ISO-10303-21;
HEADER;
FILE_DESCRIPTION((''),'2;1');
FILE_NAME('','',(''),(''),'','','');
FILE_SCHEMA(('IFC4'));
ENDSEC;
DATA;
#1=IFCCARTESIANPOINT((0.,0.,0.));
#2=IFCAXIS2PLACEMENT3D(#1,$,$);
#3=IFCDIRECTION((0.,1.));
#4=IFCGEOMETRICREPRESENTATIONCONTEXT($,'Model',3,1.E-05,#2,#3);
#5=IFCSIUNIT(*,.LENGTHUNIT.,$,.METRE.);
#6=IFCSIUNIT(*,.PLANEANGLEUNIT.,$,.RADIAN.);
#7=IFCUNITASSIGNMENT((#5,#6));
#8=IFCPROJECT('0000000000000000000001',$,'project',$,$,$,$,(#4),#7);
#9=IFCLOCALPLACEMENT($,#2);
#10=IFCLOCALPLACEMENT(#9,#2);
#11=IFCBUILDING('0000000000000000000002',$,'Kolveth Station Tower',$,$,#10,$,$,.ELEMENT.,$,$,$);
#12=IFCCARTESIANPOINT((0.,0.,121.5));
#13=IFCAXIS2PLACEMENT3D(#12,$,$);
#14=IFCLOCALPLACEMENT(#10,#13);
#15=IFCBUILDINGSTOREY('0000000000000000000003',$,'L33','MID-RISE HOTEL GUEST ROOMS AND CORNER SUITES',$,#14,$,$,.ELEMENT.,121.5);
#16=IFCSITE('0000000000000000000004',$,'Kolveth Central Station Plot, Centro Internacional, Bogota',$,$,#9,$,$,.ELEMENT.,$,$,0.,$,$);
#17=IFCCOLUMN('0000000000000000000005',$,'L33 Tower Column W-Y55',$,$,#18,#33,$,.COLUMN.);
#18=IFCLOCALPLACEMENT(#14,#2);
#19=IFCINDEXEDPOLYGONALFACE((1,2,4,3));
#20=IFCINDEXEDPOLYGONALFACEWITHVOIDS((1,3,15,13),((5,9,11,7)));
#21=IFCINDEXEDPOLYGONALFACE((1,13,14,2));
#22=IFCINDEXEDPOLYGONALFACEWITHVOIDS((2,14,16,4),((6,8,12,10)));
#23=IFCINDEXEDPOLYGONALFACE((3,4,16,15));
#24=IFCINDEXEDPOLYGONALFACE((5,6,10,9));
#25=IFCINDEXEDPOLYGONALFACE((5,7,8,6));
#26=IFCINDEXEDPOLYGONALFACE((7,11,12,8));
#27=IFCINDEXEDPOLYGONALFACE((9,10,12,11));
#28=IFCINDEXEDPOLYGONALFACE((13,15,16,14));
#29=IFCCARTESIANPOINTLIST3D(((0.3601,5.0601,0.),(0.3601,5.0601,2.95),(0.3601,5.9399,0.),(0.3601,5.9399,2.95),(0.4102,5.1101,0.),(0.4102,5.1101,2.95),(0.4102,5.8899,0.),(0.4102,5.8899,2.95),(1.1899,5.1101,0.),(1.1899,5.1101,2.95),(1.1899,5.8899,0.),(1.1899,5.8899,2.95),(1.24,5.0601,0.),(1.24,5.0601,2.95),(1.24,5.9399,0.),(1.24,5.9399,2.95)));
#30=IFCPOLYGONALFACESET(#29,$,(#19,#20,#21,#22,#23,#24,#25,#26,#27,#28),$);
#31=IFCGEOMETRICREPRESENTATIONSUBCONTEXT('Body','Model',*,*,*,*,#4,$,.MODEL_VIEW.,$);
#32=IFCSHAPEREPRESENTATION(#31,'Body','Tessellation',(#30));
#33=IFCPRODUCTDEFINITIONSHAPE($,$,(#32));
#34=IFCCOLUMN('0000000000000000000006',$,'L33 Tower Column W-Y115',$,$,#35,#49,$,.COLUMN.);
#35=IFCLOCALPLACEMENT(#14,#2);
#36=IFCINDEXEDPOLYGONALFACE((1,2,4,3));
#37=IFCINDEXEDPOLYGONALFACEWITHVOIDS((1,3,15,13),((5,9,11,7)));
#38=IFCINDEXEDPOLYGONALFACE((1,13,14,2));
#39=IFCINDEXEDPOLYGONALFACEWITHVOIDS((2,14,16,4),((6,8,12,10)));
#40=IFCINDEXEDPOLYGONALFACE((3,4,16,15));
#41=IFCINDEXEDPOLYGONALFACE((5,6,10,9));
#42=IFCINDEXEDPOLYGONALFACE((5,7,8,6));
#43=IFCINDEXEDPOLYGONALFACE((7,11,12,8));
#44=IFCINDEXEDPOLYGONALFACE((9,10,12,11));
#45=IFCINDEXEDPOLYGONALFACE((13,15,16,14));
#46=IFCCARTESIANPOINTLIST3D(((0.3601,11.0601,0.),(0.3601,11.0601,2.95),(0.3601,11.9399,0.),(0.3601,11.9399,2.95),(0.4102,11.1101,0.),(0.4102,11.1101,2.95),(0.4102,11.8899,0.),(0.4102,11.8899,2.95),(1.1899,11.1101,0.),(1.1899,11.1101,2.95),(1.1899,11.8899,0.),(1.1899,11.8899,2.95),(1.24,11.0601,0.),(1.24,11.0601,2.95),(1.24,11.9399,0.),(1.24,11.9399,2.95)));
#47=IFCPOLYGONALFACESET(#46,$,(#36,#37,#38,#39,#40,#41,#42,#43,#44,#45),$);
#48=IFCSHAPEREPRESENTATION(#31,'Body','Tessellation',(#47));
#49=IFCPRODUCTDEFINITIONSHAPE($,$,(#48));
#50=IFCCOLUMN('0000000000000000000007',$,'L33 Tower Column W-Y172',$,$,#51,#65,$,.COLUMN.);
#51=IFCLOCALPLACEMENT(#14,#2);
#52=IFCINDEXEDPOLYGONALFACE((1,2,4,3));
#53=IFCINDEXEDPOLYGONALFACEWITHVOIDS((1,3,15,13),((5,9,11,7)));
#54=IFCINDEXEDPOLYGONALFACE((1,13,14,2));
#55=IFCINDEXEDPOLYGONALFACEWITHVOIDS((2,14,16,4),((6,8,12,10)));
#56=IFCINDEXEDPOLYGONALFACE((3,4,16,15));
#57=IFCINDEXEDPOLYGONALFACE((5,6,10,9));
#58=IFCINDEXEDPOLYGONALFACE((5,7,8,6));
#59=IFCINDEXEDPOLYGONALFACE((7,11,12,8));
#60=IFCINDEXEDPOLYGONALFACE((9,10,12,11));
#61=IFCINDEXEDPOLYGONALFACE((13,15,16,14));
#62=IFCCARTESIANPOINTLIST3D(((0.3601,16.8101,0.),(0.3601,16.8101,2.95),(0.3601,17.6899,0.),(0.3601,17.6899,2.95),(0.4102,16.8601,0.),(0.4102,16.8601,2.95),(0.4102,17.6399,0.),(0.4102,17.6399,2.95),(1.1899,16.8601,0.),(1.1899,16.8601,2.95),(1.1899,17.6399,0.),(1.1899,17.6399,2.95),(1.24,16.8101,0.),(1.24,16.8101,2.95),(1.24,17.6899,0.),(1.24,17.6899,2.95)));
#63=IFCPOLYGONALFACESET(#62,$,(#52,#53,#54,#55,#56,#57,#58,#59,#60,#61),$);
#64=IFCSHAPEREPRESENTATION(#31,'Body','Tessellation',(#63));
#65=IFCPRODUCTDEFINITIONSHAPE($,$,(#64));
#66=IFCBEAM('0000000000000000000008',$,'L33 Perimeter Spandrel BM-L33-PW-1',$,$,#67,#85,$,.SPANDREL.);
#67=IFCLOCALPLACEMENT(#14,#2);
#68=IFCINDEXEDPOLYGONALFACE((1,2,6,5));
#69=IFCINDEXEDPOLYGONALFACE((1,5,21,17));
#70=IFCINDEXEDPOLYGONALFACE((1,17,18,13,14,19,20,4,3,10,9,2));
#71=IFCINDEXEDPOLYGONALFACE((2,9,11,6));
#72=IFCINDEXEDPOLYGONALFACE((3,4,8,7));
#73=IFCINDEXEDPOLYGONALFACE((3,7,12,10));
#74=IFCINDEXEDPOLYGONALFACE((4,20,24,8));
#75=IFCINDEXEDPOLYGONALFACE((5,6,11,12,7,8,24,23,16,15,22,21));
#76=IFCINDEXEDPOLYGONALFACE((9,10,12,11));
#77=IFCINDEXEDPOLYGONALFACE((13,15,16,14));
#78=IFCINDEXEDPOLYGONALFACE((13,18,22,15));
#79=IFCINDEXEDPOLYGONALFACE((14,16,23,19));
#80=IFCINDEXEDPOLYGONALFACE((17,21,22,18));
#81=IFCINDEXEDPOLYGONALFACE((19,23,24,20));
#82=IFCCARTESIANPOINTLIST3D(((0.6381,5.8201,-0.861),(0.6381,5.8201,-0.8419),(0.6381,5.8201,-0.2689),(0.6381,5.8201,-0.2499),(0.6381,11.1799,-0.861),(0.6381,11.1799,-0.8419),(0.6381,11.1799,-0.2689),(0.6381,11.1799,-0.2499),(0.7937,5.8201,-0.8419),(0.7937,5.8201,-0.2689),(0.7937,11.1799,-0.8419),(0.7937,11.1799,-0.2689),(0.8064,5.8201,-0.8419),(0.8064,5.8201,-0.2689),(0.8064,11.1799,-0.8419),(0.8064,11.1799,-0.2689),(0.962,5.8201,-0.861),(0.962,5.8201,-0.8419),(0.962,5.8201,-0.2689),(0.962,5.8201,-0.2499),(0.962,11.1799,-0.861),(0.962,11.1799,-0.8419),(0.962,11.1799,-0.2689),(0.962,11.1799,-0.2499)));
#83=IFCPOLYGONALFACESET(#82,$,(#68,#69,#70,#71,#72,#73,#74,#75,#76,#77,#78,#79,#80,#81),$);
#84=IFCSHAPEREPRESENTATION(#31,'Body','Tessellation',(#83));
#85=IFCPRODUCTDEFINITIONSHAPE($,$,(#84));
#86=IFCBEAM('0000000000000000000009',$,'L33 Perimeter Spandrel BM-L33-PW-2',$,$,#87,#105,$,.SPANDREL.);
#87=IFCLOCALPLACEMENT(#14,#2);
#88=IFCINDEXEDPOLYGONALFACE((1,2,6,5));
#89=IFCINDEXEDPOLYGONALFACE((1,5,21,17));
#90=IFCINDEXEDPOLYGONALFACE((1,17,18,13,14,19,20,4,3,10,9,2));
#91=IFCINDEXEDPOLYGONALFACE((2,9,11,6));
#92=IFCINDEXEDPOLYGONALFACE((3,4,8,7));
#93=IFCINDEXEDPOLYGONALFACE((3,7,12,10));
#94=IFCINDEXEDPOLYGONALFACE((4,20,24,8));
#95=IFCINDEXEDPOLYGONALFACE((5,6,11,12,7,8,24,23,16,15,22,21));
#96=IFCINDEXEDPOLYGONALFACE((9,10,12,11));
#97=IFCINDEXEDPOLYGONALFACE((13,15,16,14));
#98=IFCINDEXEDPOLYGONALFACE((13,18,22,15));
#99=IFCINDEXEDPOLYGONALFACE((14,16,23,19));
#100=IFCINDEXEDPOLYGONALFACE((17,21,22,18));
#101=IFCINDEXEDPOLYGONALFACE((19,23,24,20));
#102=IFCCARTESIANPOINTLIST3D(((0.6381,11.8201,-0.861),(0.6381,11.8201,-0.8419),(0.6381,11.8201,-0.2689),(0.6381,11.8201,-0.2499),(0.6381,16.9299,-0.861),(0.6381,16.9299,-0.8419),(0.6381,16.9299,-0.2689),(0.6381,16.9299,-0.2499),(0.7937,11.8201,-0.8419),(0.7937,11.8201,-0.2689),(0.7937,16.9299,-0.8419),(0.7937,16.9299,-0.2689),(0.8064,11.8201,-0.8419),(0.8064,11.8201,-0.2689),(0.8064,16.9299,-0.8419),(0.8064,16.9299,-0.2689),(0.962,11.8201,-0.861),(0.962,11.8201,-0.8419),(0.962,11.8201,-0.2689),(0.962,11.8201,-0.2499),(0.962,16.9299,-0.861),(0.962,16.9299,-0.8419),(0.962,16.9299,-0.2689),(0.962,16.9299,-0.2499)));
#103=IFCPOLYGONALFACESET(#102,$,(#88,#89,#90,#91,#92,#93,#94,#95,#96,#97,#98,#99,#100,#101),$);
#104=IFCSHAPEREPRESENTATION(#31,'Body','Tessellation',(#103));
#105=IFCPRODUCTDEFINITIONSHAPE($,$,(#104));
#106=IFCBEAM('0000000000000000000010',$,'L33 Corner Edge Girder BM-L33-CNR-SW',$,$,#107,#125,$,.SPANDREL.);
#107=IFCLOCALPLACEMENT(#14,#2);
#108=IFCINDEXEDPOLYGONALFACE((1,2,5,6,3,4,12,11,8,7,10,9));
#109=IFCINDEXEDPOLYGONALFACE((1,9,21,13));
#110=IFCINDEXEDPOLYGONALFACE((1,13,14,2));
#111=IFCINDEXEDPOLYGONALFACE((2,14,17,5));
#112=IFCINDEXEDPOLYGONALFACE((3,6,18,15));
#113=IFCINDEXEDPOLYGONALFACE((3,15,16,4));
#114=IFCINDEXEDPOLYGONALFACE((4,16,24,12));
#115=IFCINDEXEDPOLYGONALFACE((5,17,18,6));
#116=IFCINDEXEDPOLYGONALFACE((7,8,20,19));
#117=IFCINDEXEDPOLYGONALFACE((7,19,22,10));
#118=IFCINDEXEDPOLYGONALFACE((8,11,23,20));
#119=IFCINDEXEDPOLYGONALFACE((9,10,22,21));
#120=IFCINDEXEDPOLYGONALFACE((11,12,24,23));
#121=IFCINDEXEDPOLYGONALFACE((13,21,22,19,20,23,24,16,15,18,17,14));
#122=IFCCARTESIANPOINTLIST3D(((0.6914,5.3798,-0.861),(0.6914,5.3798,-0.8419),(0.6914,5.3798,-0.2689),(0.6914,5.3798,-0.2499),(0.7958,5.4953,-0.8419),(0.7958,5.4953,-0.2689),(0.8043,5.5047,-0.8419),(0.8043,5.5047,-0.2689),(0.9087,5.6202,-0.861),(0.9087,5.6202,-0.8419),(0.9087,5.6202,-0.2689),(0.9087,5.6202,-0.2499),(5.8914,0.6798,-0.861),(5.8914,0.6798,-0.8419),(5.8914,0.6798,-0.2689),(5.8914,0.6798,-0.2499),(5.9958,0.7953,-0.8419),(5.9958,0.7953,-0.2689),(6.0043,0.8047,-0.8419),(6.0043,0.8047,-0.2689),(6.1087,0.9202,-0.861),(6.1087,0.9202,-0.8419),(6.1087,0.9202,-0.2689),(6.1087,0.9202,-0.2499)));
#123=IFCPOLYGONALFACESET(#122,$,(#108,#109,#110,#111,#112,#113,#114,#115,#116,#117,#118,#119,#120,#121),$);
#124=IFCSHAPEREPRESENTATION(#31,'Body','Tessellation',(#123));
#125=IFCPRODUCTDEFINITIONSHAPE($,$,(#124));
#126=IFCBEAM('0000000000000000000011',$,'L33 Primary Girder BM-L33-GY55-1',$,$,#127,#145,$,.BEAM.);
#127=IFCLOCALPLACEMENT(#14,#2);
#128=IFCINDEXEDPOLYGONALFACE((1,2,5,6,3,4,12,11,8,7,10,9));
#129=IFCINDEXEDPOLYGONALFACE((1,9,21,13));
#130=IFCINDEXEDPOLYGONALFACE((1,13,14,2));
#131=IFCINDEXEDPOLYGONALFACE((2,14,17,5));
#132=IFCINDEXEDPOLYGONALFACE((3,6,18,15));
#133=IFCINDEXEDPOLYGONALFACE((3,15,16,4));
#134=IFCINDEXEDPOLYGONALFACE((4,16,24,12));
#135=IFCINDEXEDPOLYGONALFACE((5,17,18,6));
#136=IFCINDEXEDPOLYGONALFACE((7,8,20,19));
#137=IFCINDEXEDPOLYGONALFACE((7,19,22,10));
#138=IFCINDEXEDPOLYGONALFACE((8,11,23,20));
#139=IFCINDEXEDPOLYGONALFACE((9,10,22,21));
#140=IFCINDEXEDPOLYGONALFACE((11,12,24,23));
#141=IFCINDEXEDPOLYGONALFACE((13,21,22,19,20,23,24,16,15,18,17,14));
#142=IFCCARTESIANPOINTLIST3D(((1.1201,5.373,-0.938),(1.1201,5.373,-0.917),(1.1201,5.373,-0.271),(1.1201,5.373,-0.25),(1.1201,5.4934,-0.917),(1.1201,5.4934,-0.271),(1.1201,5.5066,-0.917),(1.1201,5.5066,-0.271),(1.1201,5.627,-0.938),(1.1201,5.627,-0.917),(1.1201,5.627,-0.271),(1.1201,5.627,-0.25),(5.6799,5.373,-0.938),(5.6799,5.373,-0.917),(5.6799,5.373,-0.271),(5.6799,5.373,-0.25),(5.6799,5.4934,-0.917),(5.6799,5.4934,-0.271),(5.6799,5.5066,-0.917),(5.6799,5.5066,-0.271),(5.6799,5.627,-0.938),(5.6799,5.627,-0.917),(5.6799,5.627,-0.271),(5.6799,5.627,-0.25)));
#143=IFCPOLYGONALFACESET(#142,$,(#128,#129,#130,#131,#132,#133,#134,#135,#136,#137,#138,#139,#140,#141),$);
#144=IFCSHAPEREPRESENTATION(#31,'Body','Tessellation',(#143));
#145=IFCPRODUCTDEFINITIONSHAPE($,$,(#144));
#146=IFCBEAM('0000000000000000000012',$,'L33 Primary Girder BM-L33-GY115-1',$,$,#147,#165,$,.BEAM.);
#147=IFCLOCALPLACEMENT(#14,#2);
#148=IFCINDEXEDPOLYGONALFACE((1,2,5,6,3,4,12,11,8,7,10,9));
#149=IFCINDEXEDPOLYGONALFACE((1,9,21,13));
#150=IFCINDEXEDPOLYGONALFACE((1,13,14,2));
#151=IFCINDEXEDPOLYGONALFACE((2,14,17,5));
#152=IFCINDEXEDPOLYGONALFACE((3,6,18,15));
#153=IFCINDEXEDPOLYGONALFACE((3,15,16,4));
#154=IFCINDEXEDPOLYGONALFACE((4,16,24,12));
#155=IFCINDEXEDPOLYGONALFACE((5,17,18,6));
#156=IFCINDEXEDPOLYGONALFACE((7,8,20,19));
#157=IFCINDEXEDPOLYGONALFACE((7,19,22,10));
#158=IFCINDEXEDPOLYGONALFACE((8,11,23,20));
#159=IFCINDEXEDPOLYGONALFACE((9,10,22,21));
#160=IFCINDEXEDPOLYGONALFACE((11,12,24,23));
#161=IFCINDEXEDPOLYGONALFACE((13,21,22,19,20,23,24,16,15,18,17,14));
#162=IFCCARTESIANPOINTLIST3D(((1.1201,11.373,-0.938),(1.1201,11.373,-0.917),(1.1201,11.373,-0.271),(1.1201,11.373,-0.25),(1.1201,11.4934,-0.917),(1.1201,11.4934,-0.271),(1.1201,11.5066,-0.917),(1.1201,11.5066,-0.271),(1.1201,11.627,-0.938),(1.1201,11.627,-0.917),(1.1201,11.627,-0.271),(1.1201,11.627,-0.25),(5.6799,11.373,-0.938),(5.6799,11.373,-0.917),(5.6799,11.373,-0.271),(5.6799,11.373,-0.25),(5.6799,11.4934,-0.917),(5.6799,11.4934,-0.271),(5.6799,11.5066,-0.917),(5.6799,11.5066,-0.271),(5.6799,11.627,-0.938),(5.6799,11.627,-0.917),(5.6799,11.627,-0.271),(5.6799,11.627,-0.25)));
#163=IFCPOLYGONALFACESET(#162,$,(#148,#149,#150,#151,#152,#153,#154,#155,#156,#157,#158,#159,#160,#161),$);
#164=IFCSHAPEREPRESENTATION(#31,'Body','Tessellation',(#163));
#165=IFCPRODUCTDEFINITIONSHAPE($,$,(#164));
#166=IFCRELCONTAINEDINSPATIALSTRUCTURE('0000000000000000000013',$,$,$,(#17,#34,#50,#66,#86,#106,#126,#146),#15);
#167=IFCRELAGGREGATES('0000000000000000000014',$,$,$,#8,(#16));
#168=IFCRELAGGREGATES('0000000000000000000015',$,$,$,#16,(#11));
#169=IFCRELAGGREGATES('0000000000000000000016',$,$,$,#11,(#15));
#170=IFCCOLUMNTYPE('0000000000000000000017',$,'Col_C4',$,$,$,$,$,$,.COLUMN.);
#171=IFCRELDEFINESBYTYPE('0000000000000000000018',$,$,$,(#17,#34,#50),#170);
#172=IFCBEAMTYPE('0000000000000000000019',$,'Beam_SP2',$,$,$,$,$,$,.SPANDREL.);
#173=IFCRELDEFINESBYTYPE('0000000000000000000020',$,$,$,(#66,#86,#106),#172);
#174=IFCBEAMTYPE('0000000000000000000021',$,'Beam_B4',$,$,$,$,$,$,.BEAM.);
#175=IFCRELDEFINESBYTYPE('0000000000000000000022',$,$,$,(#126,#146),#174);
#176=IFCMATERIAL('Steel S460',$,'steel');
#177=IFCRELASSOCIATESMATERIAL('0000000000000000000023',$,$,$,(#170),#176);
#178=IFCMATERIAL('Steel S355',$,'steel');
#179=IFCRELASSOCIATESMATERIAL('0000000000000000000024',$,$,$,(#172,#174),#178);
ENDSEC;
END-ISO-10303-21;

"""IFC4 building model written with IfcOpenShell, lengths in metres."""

from ifc_helpers import new_model, si_unit, direction, frame, origin, origin_2d, place, context, subcontext, project, spatial, hollow_rectangle, i_section, extrude, source, transform, mapped, material, material_profile, profile_set, type_object, element, save


model = new_model("IFC4")

# Units and contexts
model_context = context("Model", 3, precision=1e-05, world=origin(), true_north=direction((0.0, 1.0)))
body_context = subcontext(model_context, "Body", "Model", "MODEL_VIEW")
ifc_project = project(units=[si_unit("LENGTHUNIT", "METRE"), si_unit("PLANEANGLEUNIT", "RADIAN")], contexts=[model_context])

# Site, building, storey
site_placement = place(None, origin())
site = spatial("IfcSite", under=ifc_project, at=site_placement, Name="Kolveth Central Station Plot, Centro Internacional, Bogota", CompositionType="ELEMENT", RefElevation=0.0)
building_placement = place(site_placement, origin())
building = spatial("IfcBuilding", under=site, at=building_placement, Name="Kolveth Station Tower", CompositionType="ELEMENT")
storey_placement = place(building_placement, frame((0.0, 0.0, 121.5)))
storey = spatial("IfcBuildingStorey", under=building, at=storey_placement, Name="L33", Description="MID-RISE HOTEL GUEST ROOMS AND CORNER SUITES", CompositionType="ELEMENT", Elevation=121.5)

# Columns
ifc_material_1 = material(Name="Steel S460", Category="steel")
ifc_material_profile_1 = material_profile(ifc_material_1, hollow_rectangle(XDim=0.8799, YDim=0.8799, WallThickness=0.05, at=origin_2d()), Name="BOX880x880x50")
ifc_profile_set_1 = profile_set([ifc_material_profile_1], Name="Steel S460")
column_type = type_object("IfcColumnType", Name="Col_C4", PredefinedType="COLUMN", material=ifc_profile_set_1)
shared_shape_1 = source(origin(), body_context, "Body", "SweptSolid", [
    extrude(hollow_rectangle(XDim=0.8799, YDim=0.8799, WallThickness=0.05, at=origin_2d()), origin(), (0.0, 0.0, 1.0), 2.95),
])
for number, where, z_axis, x_axis, name in (
    (1, (0.8, 5.5, 0.0), (0.0, 0.0, 1.0), (1.0, 0.0, 0.0), "L33 Tower Column W-Y55"),
    (2, (0.8, 11.5, 0.0), (0.0, 0.0, 1.0), (1.0, 0.0, 0.0), "L33 Tower Column W-Y115"),
    (3, (0.8, 17.25, 0.0), (0.0, 0.0, 1.0), (1.0, 0.0, 0.0), "L33 Tower Column W-Y172"),
):
    element("IfcColumn", number, at=place(storey_placement, frame(where, z_axis=z_axis, x_axis=x_axis)), inside=storey, type_object=column_type, Name=name, PredefinedType="COLUMN", context=body_context, shape_type="MappedRepresentation", body=[
        mapped(shared_shape_1, transform((0.0, 0.0, 0.0), x_axis=(1.0, 0.0, 0.0), y_axis=(0.0, 1.0, 0.0), z_axis=(0.0, 0.0, 1.0), scale=1.0)),
    ])

# Beams
ifc_material_2 = material(Name="Steel S355", Category="steel")
ifc_material_profile_2 = material_profile(ifc_material_2, i_section(OverallWidth=0.324, OverallDepth=0.6111, WebThickness=0.0127, FlangeThickness=0.019, at=origin_2d()), Name="W610x155")
ifc_profile_set_2 = profile_set([ifc_material_profile_2], Name="Steel S355")
beam_type_1 = type_object("IfcBeamType", Name="Beam_SP2", PredefinedType="SPANDREL", material=ifc_profile_set_2)
shared_shape_2 = source(origin(), body_context, "Body", "SweptSolid", [
    extrude(i_section(OverallWidth=0.324, OverallDepth=0.6111, WebThickness=0.0127, FlangeThickness=0.019, at=origin_2d()), origin(), (0.0, 0.0, 1.0), 5.3599),
])
beam_1_placement = place(storey_placement, frame((0.8, 5.8201, -0.5554), z_axis=(0.0, 1.0, 0.0), x_axis=(-1.0, 0.0, 0.0)))
element("IfcBeam", 4, at=beam_1_placement, inside=storey, type_object=beam_type_1, Name="L33 Perimeter Spandrel BM-L33-PW-1", PredefinedType="SPANDREL", context=body_context, shape_type="MappedRepresentation", body=[
    mapped(shared_shape_2, transform((0.0, 0.0, 0.0), x_axis=(1.0, 0.0, 0.0), y_axis=(0.0, 1.0, 0.0), z_axis=(0.0, 0.0, 1.0), scale=1.0)),
])
shared_shape_3 = source(origin(), body_context, "Body", "SweptSolid", [
    extrude(i_section(OverallWidth=0.324, OverallDepth=0.6111, WebThickness=0.0127, FlangeThickness=0.019, at=origin_2d()), origin(), (0.0, 0.0, 1.0), 5.1099),
])
beam_2_placement = place(storey_placement, frame((0.8, 11.8201, -0.5554), z_axis=(0.0, 1.0, 0.0), x_axis=(-1.0, 0.0, 0.0)))
element("IfcBeam", 5, at=beam_2_placement, inside=storey, type_object=beam_type_1, Name="L33 Perimeter Spandrel BM-L33-PW-2", PredefinedType="SPANDREL", context=body_context, shape_type="MappedRepresentation", body=[
    mapped(shared_shape_3, transform((0.0, 0.0, 0.0), x_axis=(1.0, 0.0, 0.0), y_axis=(0.0, 1.0, 0.0), z_axis=(0.0, 0.0, 1.0), scale=1.0)),
])
shared_shape_4 = source(origin(), body_context, "Body", "SweptSolid", [
    extrude(i_section(OverallWidth=0.324, OverallDepth=0.6111, WebThickness=0.0127, FlangeThickness=0.019, at=origin_2d()), origin(), (0.0, 0.0, 1.0), 7.0093),
])
beam_3_placement = place(storey_placement, frame((0.8, 5.5, -0.5554), z_axis=(0.741874, -0.670539, 0.0), x_axis=(0.670539, 0.741874, 0.0)))
element("IfcBeam", 6, at=beam_3_placement, inside=storey, type_object=beam_type_1, Name="L33 Corner Edge Girder BM-L33-CNR-SW", PredefinedType="SPANDREL", context=body_context, shape_type="MappedRepresentation", body=[
    mapped(shared_shape_4, transform((0.0, 0.0, 0.0), x_axis=(1.0, 0.0, 0.0), y_axis=(0.0, 1.0, 0.0), z_axis=(0.0, 0.0, 1.0), scale=1.0)),
])
ifc_material_profile_3 = material_profile(ifc_material_2, i_section(OverallWidth=0.2539, OverallDepth=0.688, WebThickness=0.0132, FlangeThickness=0.021, at=origin_2d()), Name="W690x152")
ifc_profile_set_3 = profile_set([ifc_material_profile_3], Name="Steel S355")
beam_type_2 = type_object("IfcBeamType", Name="Beam_B4", PredefinedType="BEAM", material=ifc_profile_set_3)
shared_shape_5 = source(origin(), body_context, "Body", "SweptSolid", [
    extrude(i_section(OverallWidth=0.2539, OverallDepth=0.688, WebThickness=0.0132, FlangeThickness=0.021, at=origin_2d()), origin(), (0.0, 0.0, 1.0), 4.5598),
])
for number, where, z_axis, x_axis, name in (
    (7, (1.1201, 5.5, -0.594), (1.0, 0.0, 0.0), (0.0, 1.0, 0.0), "L33 Primary Girder BM-L33-GY55-1"),
    (8, (1.1201, 11.5, -0.594), (1.0, 0.0, 0.0), (0.0, 1.0, 0.0), "L33 Primary Girder BM-L33-GY115-1"),
):
    element("IfcBeam", number, at=place(storey_placement, frame(where, z_axis=z_axis, x_axis=x_axis)), inside=storey, type_object=beam_type_2, Name=name, PredefinedType="BEAM", context=body_context, shape_type="MappedRepresentation", body=[
        mapped(shared_shape_5, transform((0.0, 0.0, 0.0), x_axis=(1.0, 0.0, 0.0), y_axis=(0.0, 1.0, 0.0), z_axis=(0.0, 0.0, 1.0), scale=1.0)),
    ])

save(model, "model.ifc")
